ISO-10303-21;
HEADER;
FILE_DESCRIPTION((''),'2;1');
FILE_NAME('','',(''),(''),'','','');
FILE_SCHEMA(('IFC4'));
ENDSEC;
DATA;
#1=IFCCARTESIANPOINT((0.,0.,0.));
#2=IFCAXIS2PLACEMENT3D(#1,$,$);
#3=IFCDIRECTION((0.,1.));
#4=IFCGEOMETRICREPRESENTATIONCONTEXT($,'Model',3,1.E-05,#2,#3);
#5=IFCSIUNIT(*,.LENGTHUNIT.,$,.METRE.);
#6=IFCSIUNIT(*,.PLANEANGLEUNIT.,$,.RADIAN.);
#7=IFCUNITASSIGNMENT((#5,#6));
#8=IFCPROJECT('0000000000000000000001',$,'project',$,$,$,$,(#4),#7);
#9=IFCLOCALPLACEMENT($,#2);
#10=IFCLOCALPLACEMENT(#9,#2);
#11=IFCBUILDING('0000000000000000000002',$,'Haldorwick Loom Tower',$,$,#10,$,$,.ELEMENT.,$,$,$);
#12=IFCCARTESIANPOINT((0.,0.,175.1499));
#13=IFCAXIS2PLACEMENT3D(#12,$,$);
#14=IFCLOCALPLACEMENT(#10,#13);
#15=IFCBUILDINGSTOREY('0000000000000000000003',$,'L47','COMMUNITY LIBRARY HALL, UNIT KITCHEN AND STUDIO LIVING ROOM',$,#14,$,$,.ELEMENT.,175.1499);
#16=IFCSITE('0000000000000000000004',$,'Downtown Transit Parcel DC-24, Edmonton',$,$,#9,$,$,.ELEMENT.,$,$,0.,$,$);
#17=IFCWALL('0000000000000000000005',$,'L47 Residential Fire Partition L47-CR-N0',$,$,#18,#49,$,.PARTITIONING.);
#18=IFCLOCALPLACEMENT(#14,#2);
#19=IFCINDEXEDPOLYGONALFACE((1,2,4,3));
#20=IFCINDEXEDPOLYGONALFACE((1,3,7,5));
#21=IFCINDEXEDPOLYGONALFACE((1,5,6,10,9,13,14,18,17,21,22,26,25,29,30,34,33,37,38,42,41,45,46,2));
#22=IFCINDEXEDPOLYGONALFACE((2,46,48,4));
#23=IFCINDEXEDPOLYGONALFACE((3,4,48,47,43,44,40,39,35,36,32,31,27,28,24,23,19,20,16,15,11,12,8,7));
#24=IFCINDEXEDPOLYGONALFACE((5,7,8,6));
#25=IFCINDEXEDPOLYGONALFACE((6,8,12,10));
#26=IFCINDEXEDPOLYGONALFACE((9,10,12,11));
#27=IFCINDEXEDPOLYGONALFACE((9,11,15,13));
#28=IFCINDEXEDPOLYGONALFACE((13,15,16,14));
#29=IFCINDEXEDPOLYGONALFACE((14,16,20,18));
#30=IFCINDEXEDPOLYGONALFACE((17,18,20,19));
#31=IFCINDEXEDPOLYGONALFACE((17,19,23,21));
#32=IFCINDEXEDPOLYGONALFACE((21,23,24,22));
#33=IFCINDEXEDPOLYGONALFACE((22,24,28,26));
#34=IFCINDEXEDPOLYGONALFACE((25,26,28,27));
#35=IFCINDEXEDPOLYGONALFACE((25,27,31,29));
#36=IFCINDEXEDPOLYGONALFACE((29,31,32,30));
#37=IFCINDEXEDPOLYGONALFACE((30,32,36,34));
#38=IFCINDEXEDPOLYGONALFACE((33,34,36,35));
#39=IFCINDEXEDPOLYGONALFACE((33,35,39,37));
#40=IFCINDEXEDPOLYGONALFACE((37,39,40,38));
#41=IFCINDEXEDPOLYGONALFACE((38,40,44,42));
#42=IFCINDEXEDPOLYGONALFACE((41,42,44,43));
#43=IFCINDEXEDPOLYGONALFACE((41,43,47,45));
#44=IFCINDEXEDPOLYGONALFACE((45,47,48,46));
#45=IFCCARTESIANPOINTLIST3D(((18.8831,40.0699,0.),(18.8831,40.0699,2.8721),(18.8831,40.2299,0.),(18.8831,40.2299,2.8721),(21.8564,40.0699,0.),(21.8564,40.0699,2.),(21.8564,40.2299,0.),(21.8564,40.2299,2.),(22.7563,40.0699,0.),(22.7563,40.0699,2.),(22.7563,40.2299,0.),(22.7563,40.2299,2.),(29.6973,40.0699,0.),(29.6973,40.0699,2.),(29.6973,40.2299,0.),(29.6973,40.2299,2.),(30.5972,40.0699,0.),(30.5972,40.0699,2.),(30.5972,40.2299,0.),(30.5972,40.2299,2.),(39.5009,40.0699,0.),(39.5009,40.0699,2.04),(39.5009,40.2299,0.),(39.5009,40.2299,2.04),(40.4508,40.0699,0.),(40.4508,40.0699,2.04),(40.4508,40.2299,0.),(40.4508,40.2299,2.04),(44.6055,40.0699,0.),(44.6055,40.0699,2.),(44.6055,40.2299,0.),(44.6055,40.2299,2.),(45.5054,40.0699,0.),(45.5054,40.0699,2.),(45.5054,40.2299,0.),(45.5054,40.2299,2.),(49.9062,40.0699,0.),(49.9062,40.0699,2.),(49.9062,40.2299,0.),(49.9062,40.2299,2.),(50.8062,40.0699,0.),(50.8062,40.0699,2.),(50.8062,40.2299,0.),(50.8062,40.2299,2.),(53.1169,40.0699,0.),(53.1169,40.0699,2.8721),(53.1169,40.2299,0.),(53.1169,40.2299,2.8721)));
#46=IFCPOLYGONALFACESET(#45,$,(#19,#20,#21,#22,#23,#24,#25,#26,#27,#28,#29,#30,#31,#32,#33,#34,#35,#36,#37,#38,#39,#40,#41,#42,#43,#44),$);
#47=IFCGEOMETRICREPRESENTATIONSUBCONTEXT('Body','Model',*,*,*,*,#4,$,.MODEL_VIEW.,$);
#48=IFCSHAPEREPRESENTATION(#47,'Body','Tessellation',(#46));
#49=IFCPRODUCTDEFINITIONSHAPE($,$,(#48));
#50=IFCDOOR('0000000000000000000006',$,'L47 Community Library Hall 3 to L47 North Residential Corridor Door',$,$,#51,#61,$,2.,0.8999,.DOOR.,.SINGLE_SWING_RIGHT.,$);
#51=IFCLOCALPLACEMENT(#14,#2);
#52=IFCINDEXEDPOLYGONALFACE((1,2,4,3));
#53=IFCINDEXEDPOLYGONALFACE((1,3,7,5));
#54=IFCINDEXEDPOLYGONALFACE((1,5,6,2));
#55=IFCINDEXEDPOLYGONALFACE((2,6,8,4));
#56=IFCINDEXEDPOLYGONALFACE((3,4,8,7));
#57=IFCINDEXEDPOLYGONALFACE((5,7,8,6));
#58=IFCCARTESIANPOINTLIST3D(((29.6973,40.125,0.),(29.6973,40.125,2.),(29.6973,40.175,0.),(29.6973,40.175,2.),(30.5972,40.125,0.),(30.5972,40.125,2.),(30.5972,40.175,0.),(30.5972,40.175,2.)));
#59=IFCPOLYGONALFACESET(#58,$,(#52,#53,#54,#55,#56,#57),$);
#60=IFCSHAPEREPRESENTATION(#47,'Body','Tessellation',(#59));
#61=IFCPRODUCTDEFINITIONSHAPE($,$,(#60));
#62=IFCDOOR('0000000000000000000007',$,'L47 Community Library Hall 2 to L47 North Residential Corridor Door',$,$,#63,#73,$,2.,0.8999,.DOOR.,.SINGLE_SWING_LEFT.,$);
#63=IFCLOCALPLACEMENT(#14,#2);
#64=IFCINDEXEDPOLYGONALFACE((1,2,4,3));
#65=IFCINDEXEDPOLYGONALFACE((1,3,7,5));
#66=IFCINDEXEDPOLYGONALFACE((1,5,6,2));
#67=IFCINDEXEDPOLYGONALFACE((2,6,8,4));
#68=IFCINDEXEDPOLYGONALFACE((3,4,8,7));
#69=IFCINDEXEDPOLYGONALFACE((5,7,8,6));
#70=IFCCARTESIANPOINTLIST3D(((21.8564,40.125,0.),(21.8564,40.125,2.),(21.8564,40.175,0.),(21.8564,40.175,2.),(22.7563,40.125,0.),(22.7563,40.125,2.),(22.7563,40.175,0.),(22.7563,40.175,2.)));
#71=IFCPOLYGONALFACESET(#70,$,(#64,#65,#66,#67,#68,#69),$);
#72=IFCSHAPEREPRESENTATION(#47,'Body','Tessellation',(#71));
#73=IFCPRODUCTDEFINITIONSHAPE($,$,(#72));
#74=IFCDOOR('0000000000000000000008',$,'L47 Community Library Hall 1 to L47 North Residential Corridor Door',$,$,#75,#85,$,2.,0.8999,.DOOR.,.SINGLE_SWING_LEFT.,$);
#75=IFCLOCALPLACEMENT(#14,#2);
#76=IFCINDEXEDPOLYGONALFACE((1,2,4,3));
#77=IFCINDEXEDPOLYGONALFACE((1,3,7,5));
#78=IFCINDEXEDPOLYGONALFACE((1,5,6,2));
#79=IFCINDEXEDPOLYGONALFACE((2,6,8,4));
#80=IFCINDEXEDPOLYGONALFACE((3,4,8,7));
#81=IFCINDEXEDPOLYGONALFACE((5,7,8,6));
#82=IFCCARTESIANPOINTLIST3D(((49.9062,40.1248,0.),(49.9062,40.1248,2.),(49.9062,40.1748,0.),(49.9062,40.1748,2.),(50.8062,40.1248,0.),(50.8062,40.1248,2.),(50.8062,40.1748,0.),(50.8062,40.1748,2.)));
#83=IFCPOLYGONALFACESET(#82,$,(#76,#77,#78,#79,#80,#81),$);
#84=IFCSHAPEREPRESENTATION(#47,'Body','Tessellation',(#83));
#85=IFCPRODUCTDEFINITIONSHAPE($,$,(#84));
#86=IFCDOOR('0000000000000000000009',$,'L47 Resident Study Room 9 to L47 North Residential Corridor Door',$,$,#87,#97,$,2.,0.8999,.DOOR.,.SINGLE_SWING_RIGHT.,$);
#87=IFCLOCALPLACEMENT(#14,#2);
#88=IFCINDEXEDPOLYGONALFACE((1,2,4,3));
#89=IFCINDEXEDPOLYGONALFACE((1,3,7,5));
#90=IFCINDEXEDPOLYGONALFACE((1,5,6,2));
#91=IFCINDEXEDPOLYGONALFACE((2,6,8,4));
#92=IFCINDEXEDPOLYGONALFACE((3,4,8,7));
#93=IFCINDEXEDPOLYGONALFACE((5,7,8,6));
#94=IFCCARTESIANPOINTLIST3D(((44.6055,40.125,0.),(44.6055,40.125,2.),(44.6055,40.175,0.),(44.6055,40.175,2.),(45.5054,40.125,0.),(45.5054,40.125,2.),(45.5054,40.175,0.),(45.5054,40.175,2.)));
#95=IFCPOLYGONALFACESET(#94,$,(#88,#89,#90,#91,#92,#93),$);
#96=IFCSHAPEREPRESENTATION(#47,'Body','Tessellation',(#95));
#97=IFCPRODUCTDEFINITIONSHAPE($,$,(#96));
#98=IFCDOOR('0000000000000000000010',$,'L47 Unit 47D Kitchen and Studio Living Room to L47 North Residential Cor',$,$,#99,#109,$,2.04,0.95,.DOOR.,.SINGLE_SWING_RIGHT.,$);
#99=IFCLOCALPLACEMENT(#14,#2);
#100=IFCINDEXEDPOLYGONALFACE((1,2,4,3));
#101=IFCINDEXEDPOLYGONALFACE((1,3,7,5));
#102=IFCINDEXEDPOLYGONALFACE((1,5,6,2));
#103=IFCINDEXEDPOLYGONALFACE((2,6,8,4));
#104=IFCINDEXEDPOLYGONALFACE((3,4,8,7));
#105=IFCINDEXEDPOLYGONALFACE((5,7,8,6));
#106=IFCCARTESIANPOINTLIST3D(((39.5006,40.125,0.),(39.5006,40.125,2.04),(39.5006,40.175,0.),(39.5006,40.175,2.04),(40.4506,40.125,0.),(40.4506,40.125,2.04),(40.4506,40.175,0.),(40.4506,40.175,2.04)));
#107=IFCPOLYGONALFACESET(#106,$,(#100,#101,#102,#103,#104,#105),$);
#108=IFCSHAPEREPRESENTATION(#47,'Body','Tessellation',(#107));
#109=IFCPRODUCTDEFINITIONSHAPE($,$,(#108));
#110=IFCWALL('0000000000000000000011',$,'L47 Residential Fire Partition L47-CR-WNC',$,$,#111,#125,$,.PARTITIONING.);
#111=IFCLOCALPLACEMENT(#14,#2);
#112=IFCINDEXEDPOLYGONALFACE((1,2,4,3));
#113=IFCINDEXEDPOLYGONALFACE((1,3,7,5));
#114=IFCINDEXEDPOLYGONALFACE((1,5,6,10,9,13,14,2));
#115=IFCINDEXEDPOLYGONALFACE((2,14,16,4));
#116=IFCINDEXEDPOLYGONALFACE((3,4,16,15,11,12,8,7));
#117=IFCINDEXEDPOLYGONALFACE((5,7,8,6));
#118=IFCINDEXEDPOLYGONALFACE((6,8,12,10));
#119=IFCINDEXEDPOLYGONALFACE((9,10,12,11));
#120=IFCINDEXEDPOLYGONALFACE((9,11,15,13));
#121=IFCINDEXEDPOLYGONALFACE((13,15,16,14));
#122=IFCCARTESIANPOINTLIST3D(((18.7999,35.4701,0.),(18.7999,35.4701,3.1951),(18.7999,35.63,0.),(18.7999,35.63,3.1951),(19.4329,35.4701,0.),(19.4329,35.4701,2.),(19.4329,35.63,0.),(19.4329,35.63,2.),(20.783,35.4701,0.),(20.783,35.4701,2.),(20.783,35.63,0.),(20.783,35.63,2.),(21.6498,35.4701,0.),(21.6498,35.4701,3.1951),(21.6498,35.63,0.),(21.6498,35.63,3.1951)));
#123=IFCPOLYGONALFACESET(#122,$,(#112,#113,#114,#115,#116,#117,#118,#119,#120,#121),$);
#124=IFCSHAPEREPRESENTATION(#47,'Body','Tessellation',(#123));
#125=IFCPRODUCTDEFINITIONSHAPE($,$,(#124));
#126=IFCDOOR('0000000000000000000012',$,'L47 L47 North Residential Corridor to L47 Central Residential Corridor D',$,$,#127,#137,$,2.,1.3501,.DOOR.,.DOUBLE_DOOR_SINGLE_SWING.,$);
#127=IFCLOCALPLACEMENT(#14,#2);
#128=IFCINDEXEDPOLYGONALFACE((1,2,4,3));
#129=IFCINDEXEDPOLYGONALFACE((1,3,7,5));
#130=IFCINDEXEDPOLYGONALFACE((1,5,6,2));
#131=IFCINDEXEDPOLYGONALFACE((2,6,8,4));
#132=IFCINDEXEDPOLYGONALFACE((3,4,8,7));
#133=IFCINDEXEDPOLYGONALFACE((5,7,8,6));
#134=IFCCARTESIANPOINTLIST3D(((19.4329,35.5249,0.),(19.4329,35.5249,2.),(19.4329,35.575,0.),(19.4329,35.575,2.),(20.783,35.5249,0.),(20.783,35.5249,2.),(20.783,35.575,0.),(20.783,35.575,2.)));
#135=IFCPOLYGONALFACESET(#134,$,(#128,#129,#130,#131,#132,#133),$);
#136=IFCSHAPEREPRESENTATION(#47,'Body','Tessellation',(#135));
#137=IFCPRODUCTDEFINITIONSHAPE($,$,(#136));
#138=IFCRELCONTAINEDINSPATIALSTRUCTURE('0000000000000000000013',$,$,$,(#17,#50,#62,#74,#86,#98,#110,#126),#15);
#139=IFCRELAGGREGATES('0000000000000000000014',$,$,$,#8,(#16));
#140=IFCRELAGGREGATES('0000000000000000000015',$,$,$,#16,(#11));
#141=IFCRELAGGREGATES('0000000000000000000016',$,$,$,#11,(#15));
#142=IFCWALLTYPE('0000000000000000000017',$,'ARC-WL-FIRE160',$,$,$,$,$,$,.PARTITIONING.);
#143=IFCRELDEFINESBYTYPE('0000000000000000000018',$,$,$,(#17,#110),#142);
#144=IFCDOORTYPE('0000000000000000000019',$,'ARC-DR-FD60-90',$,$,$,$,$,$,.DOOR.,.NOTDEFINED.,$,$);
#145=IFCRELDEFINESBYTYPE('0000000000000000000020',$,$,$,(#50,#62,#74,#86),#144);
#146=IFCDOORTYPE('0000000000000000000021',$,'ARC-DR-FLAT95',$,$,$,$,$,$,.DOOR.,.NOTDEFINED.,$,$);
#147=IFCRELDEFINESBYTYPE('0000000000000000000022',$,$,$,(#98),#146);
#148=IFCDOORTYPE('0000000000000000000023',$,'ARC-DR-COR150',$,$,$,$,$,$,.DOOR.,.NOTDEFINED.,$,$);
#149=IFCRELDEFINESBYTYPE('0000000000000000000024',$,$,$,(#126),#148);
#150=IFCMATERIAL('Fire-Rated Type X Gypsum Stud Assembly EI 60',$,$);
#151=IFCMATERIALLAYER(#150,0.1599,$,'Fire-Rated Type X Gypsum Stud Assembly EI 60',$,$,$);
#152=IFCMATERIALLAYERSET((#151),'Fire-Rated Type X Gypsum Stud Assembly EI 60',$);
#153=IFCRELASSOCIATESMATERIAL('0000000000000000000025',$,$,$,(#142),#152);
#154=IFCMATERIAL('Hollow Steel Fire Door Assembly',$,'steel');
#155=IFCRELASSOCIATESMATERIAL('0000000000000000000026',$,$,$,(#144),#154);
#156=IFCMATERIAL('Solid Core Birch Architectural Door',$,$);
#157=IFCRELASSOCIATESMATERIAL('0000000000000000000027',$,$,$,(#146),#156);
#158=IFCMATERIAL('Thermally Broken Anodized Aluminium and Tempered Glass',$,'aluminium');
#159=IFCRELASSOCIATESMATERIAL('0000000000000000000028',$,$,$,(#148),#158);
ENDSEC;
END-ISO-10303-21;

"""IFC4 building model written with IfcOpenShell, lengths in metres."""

from ifc_helpers import new_model, si_unit, direction, frame, frame_2d, origin, place, context, subcontext, project, spatial, rectangle, extrude, material, layer, layer_set, type_object, element, fill, save


model = new_model("IFC4")

# Units and contexts
model_context = context("Model", 3, precision=1e-05, world=origin(), true_north=direction((0.0, 1.0)))
body_context = subcontext(model_context, "Body", "Model", "MODEL_VIEW")
ifc_project = project(units=[si_unit("LENGTHUNIT", "METRE"), si_unit("PLANEANGLEUNIT", "RADIAN")], contexts=[model_context])

# Site, building, storey
site_placement = place(None, origin())
site = spatial("IfcSite", under=ifc_project, at=site_placement, Name="Downtown Transit Parcel DC-24, Edmonton", CompositionType="ELEMENT", RefElevation=0.0)
building_placement = place(site_placement, origin())
building = spatial("IfcBuilding", under=site, at=building_placement, Name="Haldorwick Loom Tower", CompositionType="ELEMENT")
storey_placement = place(building_placement, frame((0.0, 0.0, 175.1499)))
storey = spatial("IfcBuildingStorey", under=building, at=storey_placement, Name="L47", Description="COMMUNITY LIBRARY HALL, UNIT KITCHEN AND STUDIO LIVING ROOM", CompositionType="ELEMENT", Elevation=175.1499)

# Shared definitions
ifc_material_1 = material(Name="Fire-Rated Type X Gypsum Stud Assembly EI 60")
ifc_layer_1 = layer(ifc_material_1, 0.1599, Name="Fire-Rated Type X Gypsum Stud Assembly EI 60")
ifc_layer_set_1 = layer_set([ifc_layer_1], Name="Fire-Rated Type X Gypsum Stud Assembly EI 60")
wall_type_1 = type_object("IfcWallType", Name="ARC-WL-FIRE160", PredefinedType="PARTITIONING", material=ifc_layer_set_1)

# Shared definitions
ifc_material_2 = material(Name="Hollow Steel Fire Door Assembly", Category="steel")
door_type_1 = type_object("IfcDoorType", Name="ARC-DR-FD60-90", OperationType="NOTDEFINED", PredefinedType="DOOR", material=ifc_material_2)

# Wall, openings, doors
wall_1_placement = place(storey_placement, frame((18.8831, 40.1499, 0.0), z_axis=(0.0, 0.0, 1.0), x_axis=(1.0, 0.0, 0.0)))
wall_1 = element("IfcWall", 1, at=wall_1_placement, inside=storey, type_object=wall_type_1, Name="L47 Residential Fire Partition L47-CR-N0", PredefinedType="PARTITIONING", context=body_context, shape_type="SweptSolid", body=[
    extrude(rectangle(XDim=34.2339, YDim=0.1599, at=frame_2d((17.1169, 0.0))), origin(), (0.0, 0.0, 1.0), 2.8721),
])
opening_1_placement = place(wall_1_placement, frame((10.8142, 0.0, 0.0)))
opening_1 = element("IfcOpeningElement", 2, at=opening_1_placement, cuts=wall_1, PredefinedType="OPENING", context=body_context, shape_type="SweptSolid", body=[
    extrude(rectangle(XDim=0.8999, YDim=2.0, at=frame_2d((0.45, 1.0))), frame((0.0, 0.0898, 0.0), z_axis=(0.0, -1.0, 0.0), x_axis=(1.0, 0.0, 0.0)), (0.0, 0.0, 1.0), 0.1799),
])
opening_2_placement = place(wall_1_placement, frame((2.9734, 0.0, 0.0)))
opening_2 = element("IfcOpeningElement", 3, at=opening_2_placement, cuts=wall_1, PredefinedType="OPENING", context=body_context, shape_type="SweptSolid", body=[
    extrude(rectangle(XDim=0.8999, YDim=2.0, at=frame_2d((0.45, 1.0))), frame((0.0, 0.0898, 0.0), z_axis=(0.0, -1.0, 0.0), x_axis=(1.0, 0.0, 0.0)), (0.0, 0.0, 1.0), 0.1799),
])
opening_3_placement = place(wall_1_placement, frame((20.6177, 0.0, 0.0)))
opening_3 = element("IfcOpeningElement", 4, at=opening_3_placement, cuts=wall_1, PredefinedType="OPENING", context=body_context, shape_type="SweptSolid", body=[
    extrude(rectangle(XDim=0.95, YDim=2.04, at=frame_2d((0.4751, 1.02))), frame((0.0, 0.0898, 0.0), z_axis=(0.0, -1.0, 0.0), x_axis=(1.0, 0.0, 0.0)), (0.0, 0.0, 1.0), 0.1799),
])
opening_4_placement = place(wall_1_placement, frame((31.0232, 0.0, 0.0)))
opening_4 = element("IfcOpeningElement", 5, at=opening_4_placement, cuts=wall_1, PredefinedType="OPENING", context=body_context, shape_type="SweptSolid", body=[
    extrude(rectangle(XDim=0.8999, YDim=2.0, at=frame_2d((0.45, 1.0))), frame((0.0, 0.0898, 0.0), z_axis=(0.0, -1.0, 0.0), x_axis=(1.0, 0.0, 0.0)), (0.0, 0.0, 1.0), 0.1799),
])
opening_5_placement = place(wall_1_placement, frame((25.7224, 0.0, 0.0)))
opening_5 = element("IfcOpeningElement", 6, at=opening_5_placement, cuts=wall_1, PredefinedType="OPENING", context=body_context, shape_type="SweptSolid", body=[
    extrude(rectangle(XDim=0.8999, YDim=2.0, at=frame_2d((0.45, 1.0))), frame((0.0, 0.0898, 0.0), z_axis=(0.0, -1.0, 0.0), x_axis=(1.0, 0.0, 0.0)), (0.0, 0.0, 1.0), 0.1799),
])
door_1_placement = place(opening_1_placement, frame((0.8999, 0.0, 0.0), z_axis=(0.0, 0.0, 1.0), x_axis=(-1.0, 0.0, 0.0)))
door_1 = element("IfcDoor", 7, at=door_1_placement, inside=storey, type_object=door_type_1, Name="L47 Community Library Hall 3 to L47 North Residential Corridor Door", OperationType="SINGLE_SWING_RIGHT", OverallHeight=2.0, OverallWidth=0.8999, PredefinedType="DOOR", context=body_context, shape_type="SweptSolid", body=[
    extrude(rectangle(XDim=0.8999, YDim=2.0, at=frame_2d((0.45, 1.0))), frame((0.0, 0.0249, 0.0), z_axis=(0.0, -1.0, 0.0), x_axis=(1.0, 0.0, 0.0)), (0.0, 0.0, 1.0), 0.05),
])
fill(opening_1, door_1)
door_2_placement = place(opening_2_placement, frame((0.8999, 0.0, 0.0), z_axis=(0.0, 0.0, 1.0), x_axis=(-1.0, 0.0, 0.0)))
door_2 = element("IfcDoor", 8, at=door_2_placement, inside=storey, type_object=door_type_1, Name="L47 Community Library Hall 2 to L47 North Residential Corridor Door", OperationType="SINGLE_SWING_LEFT", OverallHeight=2.0, OverallWidth=0.8999, PredefinedType="DOOR", context=body_context, shape_type="SweptSolid", body=[
    extrude(rectangle(XDim=0.8999, YDim=2.0, at=frame_2d((0.45, 1.0))), frame((0.0, 0.0249, 0.0), z_axis=(0.0, -1.0, 0.0), x_axis=(1.0, 0.0, 0.0)), (0.0, 0.0, 1.0), 0.05),
])
fill(opening_2, door_2)
door_3_placement = place(opening_4_placement, origin())
door_3 = element("IfcDoor", 9, at=door_3_placement, inside=storey, type_object=door_type_1, Name="L47 Community Library Hall 1 to L47 North Residential Corridor Door", OperationType="SINGLE_SWING_LEFT", OverallHeight=2.0, OverallWidth=0.8999, PredefinedType="DOOR", context=body_context, shape_type="SweptSolid", body=[
    extrude(rectangle(XDim=0.8999, YDim=2.0, at=frame_2d((0.45, 1.0))), frame((0.0, 0.0249, 0.0), z_axis=(0.0, -1.0, 0.0), x_axis=(1.0, 0.0, 0.0)), (0.0, 0.0, 1.0), 0.05),
])
fill(opening_4, door_3)
door_4_placement = place(opening_5_placement, frame((0.8999, 0.0, 0.0), z_axis=(0.0, 0.0, 1.0), x_axis=(-1.0, 0.0, 0.0)))
door_4 = element("IfcDoor", 10, at=door_4_placement, inside=storey, type_object=door_type_1, Name="L47 Resident Study Room 9 to L47 North Residential Corridor Door", OperationType="SINGLE_SWING_RIGHT", OverallHeight=2.0, OverallWidth=0.8999, PredefinedType="DOOR", context=body_context, shape_type="SweptSolid", body=[
    extrude(rectangle(XDim=0.8999, YDim=2.0, at=frame_2d((0.45, 1.0))), frame((0.0, 0.0249, 0.0), z_axis=(0.0, -1.0, 0.0), x_axis=(1.0, 0.0, 0.0)), (0.0, 0.0, 1.0), 0.05),
])
fill(opening_5, door_4)
ifc_material_3 = material(Name="Solid Core Birch Architectural Door")
door_type_2 = type_object("IfcDoorType", Name="ARC-DR-FLAT95", OperationType="NOTDEFINED", PredefinedType="DOOR", material=ifc_material_3)
door_5_placement = place(opening_3_placement, frame((0.95, 0.0, 0.0), z_axis=(0.0, 0.0, 1.0), x_axis=(-1.0, 0.0, 0.0)))
door_5 = element("IfcDoor", 11, at=door_5_placement, inside=storey, type_object=door_type_2, Name="L47 Unit 47D Kitchen and Studio Living Room to L47 North Residential Cor", OperationType="SINGLE_SWING_RIGHT", OverallHeight=2.04, OverallWidth=0.95, PredefinedType="DOOR", context=body_context, shape_type="SweptSolid", body=[
    extrude(rectangle(XDim=0.95, YDim=2.04, at=frame_2d((0.4751, 1.02))), frame((0.0, 0.0249, 0.0), z_axis=(0.0, -1.0, 0.0), x_axis=(1.0, 0.0, 0.0)), (0.0, 0.0, 1.0), 0.05),
])
fill(opening_3, door_5)

# Wall, opening, door
wall_2_placement = place(storey_placement, frame((18.8, 35.55, 0.0), z_axis=(0.0, 0.0, 1.0), x_axis=(1.0, 0.0, 0.0)))
wall_2 = element("IfcWall", 12, at=wall_2_placement, inside=storey, type_object=wall_type_1, Name="L47 Residential Fire Partition L47-CR-WNC", PredefinedType="PARTITIONING", context=body_context, shape_type="SweptSolid", body=[
    extrude(rectangle(XDim=2.8499, YDim=0.1599, at=frame_2d((1.4248, 0.0))), origin(), (0.0, 0.0, 1.0), 3.1951),
])
opening_6_placement = place(wall_2_placement, frame((0.6328, 0.0, 0.0)))
opening_6 = element("IfcOpeningElement", 13, at=opening_6_placement, cuts=wall_2, PredefinedType="OPENING", context=body_context, shape_type="SweptSolid", body=[
    extrude(rectangle(XDim=1.3501, YDim=2.0, at=frame_2d((0.675, 1.0))), frame((0.0, 0.0898, 0.0), z_axis=(0.0, -1.0, 0.0), x_axis=(1.0, 0.0, 0.0)), (0.0, 0.0, 1.0), 0.1799),
])
ifc_material_4 = material(Name="Thermally Broken Anodized Aluminium and Tempered Glass", Category="aluminium")
door_type_3 = type_object("IfcDoorType", Name="ARC-DR-COR150", OperationType="NOTDEFINED", PredefinedType="DOOR", material=ifc_material_4)
door_6_placement = place(opening_6_placement, origin())
door_6 = element("IfcDoor", 14, at=door_6_placement, inside=storey, type_object=door_type_3, Name="L47 L47 North Residential Corridor to L47 Central Residential Corridor D", OperationType="DOUBLE_DOOR_SINGLE_SWING", OverallHeight=2.0, OverallWidth=1.3501, PredefinedType="DOOR", context=body_context, shape_type="SweptSolid", body=[
    extrude(rectangle(XDim=1.3501, YDim=2.0, at=frame_2d((0.675, 1.0))), frame((0.0, 0.0249, 0.0), z_axis=(0.0, -1.0, 0.0), x_axis=(1.0, 0.0, 0.0)), (0.0, 0.0, 1.0), 0.05),
])
fill(opening_6, door_6)

save(model, "model.ifc")
